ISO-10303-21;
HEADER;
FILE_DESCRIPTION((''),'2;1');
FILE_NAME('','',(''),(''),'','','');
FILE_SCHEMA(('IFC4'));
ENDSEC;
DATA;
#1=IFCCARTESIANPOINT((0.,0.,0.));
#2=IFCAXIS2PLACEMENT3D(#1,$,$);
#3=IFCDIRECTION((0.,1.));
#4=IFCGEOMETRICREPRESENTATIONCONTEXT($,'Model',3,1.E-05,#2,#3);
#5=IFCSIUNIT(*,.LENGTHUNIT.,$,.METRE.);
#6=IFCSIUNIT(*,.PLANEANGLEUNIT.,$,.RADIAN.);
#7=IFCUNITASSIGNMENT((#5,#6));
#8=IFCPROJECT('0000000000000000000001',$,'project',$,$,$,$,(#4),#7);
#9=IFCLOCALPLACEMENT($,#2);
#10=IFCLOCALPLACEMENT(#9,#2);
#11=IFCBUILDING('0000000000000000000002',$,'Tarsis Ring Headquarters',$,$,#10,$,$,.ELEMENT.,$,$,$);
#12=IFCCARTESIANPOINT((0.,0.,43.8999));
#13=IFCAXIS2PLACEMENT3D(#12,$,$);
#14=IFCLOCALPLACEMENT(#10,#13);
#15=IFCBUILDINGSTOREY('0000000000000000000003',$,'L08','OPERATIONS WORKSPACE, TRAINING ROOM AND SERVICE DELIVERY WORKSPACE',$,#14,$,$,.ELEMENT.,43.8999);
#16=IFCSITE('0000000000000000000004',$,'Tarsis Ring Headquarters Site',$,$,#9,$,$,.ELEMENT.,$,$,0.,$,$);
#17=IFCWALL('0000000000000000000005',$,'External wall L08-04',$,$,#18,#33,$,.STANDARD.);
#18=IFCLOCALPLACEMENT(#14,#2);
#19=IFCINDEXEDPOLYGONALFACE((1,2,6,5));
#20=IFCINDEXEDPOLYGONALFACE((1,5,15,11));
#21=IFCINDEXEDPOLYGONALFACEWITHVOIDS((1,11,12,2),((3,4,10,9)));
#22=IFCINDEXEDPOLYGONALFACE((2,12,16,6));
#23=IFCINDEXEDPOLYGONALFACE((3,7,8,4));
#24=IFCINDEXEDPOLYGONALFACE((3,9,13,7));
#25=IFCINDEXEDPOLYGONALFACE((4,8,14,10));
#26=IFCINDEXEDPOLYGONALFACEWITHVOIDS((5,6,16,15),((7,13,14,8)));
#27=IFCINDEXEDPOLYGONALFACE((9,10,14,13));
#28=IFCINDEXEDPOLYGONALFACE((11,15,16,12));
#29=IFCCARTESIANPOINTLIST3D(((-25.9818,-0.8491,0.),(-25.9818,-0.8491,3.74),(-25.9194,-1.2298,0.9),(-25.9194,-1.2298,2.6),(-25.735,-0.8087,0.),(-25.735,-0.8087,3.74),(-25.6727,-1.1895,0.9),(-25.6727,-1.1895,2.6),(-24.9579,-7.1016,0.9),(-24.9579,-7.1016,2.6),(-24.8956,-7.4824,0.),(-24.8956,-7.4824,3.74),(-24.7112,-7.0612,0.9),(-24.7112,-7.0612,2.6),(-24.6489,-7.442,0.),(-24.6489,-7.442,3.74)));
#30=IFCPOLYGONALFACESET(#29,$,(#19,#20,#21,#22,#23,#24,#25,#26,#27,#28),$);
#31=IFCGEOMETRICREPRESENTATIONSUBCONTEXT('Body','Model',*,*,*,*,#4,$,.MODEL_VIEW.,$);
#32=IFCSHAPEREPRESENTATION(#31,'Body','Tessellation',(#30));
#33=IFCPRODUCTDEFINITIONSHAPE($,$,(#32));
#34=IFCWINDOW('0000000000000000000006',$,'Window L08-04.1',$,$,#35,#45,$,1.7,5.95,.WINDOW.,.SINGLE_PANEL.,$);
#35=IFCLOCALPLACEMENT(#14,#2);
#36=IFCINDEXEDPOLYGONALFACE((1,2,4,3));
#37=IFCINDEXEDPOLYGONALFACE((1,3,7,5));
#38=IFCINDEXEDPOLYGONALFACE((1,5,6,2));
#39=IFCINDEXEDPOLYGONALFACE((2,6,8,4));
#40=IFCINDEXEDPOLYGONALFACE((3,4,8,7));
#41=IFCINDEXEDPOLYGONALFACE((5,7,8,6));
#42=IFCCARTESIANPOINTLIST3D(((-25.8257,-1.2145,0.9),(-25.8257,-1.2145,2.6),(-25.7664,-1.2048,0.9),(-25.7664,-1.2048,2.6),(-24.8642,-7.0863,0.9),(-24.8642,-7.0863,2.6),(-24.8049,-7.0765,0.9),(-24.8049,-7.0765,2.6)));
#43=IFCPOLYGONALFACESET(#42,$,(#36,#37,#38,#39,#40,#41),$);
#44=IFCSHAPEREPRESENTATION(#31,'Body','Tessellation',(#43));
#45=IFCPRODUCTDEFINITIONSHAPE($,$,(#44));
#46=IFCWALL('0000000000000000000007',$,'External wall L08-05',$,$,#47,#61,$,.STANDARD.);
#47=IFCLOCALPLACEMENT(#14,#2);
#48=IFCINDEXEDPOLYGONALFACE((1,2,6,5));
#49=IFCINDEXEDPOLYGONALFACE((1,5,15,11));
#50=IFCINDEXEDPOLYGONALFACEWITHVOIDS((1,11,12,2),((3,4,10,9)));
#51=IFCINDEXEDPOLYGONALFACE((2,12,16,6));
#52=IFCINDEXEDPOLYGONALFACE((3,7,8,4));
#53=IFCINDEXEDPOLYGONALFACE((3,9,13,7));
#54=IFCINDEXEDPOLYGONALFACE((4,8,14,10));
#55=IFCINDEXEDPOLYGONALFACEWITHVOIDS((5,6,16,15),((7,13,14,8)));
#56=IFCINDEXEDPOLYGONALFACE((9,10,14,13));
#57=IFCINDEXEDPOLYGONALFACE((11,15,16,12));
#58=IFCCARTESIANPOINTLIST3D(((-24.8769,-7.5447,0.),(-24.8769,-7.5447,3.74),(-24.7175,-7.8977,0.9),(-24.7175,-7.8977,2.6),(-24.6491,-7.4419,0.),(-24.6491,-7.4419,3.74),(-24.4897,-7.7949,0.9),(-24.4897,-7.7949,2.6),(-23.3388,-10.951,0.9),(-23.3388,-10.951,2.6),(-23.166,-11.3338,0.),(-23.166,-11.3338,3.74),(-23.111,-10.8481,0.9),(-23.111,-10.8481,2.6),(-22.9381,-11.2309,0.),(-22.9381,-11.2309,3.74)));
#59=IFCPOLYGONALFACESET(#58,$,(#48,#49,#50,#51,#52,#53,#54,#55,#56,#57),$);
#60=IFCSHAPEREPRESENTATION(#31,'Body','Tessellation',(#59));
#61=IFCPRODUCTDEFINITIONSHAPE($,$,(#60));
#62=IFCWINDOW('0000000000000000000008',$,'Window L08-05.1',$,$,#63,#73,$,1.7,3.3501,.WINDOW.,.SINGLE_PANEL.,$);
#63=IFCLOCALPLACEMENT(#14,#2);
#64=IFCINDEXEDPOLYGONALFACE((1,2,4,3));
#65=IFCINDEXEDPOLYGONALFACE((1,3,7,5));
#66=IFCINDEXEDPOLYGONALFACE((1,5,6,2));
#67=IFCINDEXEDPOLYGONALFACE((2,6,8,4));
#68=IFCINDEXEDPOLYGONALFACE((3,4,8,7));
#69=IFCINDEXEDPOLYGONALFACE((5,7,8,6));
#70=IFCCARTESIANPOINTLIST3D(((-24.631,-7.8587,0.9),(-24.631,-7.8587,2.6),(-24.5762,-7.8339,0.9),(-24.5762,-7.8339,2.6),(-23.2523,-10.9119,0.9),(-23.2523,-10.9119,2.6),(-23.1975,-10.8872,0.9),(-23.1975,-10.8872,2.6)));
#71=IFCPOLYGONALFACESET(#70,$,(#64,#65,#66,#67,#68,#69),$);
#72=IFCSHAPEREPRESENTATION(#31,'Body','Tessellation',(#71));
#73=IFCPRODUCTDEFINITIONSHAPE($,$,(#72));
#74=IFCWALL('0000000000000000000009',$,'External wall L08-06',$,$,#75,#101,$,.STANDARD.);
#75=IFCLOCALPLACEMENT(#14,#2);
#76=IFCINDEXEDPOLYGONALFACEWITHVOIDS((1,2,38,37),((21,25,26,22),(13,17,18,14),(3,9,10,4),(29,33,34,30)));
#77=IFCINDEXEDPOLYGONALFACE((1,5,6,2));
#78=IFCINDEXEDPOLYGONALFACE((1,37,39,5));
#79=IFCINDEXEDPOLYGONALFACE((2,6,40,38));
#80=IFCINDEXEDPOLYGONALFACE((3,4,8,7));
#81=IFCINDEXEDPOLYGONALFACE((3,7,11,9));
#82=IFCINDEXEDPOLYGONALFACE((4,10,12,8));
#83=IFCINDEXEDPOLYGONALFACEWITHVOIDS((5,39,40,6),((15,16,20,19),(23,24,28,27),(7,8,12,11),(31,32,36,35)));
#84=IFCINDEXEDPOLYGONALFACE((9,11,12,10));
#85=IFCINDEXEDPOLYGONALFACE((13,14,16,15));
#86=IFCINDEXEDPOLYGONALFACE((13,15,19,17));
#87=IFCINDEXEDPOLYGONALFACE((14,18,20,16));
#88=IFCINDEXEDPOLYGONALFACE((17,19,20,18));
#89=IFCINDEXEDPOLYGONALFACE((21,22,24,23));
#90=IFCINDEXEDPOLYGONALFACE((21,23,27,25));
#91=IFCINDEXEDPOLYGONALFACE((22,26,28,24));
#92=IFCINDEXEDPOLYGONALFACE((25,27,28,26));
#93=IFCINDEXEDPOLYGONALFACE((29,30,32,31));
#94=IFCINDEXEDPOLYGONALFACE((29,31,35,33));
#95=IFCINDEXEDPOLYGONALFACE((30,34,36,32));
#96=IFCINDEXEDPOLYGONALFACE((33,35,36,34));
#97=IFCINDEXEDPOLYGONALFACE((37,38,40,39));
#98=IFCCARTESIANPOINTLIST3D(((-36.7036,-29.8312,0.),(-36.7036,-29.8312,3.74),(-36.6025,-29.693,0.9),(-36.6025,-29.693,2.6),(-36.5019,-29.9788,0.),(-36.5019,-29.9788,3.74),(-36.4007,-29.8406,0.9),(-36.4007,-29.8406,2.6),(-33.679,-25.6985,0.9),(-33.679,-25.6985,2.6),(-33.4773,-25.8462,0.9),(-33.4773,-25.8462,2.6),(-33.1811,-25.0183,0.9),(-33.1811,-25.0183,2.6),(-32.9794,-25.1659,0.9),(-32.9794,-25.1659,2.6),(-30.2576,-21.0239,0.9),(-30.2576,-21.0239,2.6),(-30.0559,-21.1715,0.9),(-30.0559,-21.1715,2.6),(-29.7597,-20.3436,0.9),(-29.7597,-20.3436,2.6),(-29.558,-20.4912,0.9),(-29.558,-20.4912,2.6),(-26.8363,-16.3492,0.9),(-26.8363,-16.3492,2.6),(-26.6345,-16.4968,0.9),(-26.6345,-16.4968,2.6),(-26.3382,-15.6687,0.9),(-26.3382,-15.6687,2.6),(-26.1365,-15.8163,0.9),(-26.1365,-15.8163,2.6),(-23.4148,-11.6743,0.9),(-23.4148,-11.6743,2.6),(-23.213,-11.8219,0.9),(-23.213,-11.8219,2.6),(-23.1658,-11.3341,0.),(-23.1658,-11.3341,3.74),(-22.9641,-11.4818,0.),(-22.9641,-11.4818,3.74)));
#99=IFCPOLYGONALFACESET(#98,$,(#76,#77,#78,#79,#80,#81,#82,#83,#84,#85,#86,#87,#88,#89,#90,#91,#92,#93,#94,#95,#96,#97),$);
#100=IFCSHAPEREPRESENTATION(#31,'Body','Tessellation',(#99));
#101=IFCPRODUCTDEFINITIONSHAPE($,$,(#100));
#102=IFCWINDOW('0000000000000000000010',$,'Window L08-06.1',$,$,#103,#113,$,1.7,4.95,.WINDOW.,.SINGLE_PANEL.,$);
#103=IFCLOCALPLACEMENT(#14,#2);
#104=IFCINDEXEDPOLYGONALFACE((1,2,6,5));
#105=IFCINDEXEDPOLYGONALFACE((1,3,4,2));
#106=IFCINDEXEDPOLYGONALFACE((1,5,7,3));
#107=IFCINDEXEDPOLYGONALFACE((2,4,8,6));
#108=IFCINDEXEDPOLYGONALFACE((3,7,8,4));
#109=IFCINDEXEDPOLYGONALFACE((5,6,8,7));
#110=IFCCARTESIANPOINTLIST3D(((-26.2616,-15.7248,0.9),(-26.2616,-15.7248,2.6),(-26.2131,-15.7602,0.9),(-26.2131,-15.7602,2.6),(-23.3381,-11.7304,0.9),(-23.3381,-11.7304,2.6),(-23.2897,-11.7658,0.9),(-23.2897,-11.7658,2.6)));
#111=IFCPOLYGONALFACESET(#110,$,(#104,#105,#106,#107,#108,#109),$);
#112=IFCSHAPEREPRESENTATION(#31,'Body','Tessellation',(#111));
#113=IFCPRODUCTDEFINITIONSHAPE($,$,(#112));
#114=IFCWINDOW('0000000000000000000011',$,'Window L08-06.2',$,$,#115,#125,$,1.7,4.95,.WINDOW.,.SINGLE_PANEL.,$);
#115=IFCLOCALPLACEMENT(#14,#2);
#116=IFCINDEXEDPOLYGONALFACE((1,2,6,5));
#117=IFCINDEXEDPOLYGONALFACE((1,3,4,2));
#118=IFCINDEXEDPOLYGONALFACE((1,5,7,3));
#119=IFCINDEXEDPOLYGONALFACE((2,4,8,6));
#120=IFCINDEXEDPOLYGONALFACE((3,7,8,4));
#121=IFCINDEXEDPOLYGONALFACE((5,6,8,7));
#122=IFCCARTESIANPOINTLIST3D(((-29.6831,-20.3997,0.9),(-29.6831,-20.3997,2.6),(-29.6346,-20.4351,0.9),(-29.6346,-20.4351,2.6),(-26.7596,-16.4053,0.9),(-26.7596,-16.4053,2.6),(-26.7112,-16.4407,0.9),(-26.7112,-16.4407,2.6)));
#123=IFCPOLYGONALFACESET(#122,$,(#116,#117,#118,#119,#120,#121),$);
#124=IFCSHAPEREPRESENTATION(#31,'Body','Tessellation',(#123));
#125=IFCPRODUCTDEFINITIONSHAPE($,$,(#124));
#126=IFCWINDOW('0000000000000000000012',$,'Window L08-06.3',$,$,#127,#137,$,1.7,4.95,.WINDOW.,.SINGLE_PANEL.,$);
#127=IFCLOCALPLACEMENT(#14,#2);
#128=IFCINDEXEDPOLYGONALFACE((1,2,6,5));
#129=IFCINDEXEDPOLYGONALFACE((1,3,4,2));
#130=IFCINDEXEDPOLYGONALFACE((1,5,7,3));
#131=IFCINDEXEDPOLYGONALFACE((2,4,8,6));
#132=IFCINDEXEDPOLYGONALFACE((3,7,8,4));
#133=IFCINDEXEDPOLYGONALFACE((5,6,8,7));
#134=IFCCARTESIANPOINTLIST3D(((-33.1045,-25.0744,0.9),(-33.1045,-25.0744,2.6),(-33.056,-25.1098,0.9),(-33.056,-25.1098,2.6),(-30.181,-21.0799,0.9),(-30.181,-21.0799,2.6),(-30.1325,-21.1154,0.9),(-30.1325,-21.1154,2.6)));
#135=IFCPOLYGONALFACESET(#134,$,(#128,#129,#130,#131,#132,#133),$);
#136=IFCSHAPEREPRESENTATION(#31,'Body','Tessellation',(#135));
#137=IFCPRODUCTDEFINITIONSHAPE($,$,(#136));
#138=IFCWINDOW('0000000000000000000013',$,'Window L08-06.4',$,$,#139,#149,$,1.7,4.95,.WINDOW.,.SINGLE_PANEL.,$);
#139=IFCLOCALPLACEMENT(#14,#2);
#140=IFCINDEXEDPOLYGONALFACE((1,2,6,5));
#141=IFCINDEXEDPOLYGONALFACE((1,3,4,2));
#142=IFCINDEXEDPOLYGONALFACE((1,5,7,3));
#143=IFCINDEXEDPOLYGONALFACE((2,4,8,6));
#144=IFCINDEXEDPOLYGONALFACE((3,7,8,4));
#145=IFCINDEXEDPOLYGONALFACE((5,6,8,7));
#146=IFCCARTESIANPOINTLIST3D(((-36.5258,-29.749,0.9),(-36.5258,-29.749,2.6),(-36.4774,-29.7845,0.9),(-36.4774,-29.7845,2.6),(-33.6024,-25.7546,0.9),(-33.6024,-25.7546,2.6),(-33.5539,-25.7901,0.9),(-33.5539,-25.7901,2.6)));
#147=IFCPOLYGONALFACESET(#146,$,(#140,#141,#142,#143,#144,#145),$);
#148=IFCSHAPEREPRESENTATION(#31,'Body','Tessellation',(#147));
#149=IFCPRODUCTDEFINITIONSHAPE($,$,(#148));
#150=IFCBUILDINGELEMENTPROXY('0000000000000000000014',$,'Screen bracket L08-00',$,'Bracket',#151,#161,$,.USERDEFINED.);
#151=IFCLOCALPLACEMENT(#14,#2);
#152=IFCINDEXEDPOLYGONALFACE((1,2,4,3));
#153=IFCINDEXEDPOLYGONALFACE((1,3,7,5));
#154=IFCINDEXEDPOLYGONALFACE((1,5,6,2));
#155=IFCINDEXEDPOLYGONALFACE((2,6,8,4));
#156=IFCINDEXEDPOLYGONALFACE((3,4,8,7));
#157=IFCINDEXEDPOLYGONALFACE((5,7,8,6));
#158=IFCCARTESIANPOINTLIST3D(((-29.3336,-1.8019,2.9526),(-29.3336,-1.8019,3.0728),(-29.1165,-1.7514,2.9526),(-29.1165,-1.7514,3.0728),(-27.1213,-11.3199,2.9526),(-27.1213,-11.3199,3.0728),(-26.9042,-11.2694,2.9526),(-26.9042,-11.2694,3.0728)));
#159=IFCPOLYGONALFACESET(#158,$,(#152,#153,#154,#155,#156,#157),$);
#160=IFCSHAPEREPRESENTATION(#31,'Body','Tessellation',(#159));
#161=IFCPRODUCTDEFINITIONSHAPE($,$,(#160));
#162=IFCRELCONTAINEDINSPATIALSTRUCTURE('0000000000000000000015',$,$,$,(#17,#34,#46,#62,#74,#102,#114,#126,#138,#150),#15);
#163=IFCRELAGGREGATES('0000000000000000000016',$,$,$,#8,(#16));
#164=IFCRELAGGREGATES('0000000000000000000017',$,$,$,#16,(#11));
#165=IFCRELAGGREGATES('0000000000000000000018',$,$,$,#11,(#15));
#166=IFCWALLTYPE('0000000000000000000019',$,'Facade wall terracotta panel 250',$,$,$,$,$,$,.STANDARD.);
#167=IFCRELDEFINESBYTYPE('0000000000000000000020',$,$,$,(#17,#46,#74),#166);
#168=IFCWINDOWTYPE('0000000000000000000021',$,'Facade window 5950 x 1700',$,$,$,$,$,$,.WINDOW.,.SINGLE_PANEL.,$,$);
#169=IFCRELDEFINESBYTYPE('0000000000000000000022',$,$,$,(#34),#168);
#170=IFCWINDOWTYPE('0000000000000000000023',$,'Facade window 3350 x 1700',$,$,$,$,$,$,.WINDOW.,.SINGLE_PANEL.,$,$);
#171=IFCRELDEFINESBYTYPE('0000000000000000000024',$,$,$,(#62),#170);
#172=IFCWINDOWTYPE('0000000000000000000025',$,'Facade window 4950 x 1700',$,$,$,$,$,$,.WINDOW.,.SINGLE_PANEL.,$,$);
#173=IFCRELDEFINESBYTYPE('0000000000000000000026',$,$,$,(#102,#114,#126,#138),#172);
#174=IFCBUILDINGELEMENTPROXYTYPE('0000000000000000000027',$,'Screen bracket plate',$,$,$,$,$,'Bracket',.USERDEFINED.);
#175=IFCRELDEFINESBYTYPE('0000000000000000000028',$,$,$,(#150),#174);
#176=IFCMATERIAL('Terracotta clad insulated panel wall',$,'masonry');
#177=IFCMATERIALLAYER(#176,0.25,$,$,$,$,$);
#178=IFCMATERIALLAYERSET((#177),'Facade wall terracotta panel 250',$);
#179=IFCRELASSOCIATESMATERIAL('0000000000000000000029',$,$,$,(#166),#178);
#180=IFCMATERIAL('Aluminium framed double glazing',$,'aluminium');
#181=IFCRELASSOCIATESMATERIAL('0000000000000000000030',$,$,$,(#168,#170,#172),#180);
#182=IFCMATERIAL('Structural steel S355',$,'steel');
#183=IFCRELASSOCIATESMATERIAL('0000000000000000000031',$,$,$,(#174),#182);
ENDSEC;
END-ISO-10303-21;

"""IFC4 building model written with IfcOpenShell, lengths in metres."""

from ifc_helpers import new_model, si_unit, direction, frame, frame_2d, origin, origin_2d, place, context, subcontext, project, spatial, rectangle, extrude, material, layer, layer_set, type_object, element, fill, save


model = new_model("IFC4")

# Units and contexts
model_context = context("Model", 3, precision=1e-05, world=origin(), true_north=direction((0.0, 1.0)))
body_context = subcontext(model_context, "Body", "Model", "MODEL_VIEW")
ifc_project = project(units=[si_unit("LENGTHUNIT", "METRE"), si_unit("PLANEANGLEUNIT", "RADIAN")], contexts=[model_context])

# Site, building, storey
site_placement = place(None, origin())
site = spatial("IfcSite", under=ifc_project, at=site_placement, Name="Tarsis Ring Headquarters Site", CompositionType="ELEMENT", RefElevation=0.0)
building_placement = place(site_placement, origin())
building = spatial("IfcBuilding", under=site, at=building_placement, Name="Tarsis Ring Headquarters", CompositionType="ELEMENT")
storey_placement = place(building_placement, frame((0.0, 0.0, 43.8999)))
storey = spatial("IfcBuildingStorey", under=building, at=storey_placement, Name="L08", Description="OPERATIONS WORKSPACE, TRAINING ROOM AND SERVICE DELIVERY WORKSPACE", CompositionType="ELEMENT", Elevation=43.8999)

# Shared definitions
ifc_material_1 = material(Name="Structural steel S355", Category="steel")

# Walls, openings, windows
ifc_material_2 = material(Name="Terracotta clad insulated panel wall", Category="masonry")
ifc_layer_1 = layer(ifc_material_2, 0.25)
ifc_layer_set_1 = layer_set([ifc_layer_1], Name="Facade wall terracotta panel 250")
wall_type_1 = type_object("IfcWallType", Name="Facade wall terracotta panel 250", PredefinedType="STANDARD", material=ifc_layer_set_1)
wall_1_placement = place(storey_placement, frame((-25.8584, -0.8289, 0.0), z_axis=(0.0, 0.0, 1.0), x_axis=(0.161595, -0.986857, 0.0)))
wall_1 = element("IfcWall", 1, at=wall_1_placement, inside=storey, type_object=wall_type_1, Name="External wall L08-04", PredefinedType="STANDARD", context=body_context, shape_type="SweptSolid", body=[
    extrude(rectangle(XDim=6.7217, YDim=0.25, at=frame_2d((3.3608, 0.0))), origin(), (0.0, 0.0, 1.0), 3.74),
])
opening_1_placement = place(wall_1_placement, frame((0.3857, 0.0, 0.8999)))
opening_1 = element("IfcOpeningElement", 2, at=opening_1_placement, cuts=wall_1, PredefinedType="OPENING", context=body_context, shape_type="SweptSolid", body=[
    extrude(rectangle(XDim=5.95, YDim=1.7, at=frame_2d((2.9751, 0.8501))), frame((0.0, 0.135, 0.0), z_axis=(0.0, -1.0, 0.0), x_axis=(1.0, 0.0, 0.0)), (0.0, 0.0, 1.0), 0.27),
])
ifc_material_3 = material(Name="Aluminium framed double glazing", Category="aluminium")
window_type_1 = type_object("IfcWindowType", Name="Facade window 5950 x 1700", PartitioningType="SINGLE_PANEL", PredefinedType="WINDOW", material=ifc_material_3)
window_1_placement = place(opening_1_placement, origin())
window_1 = element("IfcWindow", 3, at=window_1_placement, inside=storey, type_object=window_type_1, Name="Window L08-04.1", OverallHeight=1.7, OverallWidth=5.95, PartitioningType="SINGLE_PANEL", PredefinedType="WINDOW", context=body_context, shape_type="SweptSolid", body=[
    extrude(rectangle(XDim=5.95, YDim=1.7, at=frame_2d((2.9751, 0.8501))), frame((0.0, 0.03, 0.0), z_axis=(0.0, -1.0, 0.0), x_axis=(1.0, 0.0, 0.0)), (0.0, 0.0, 1.0), 0.0601),
])
fill(opening_1, window_1)
wall_2_placement = place(storey_placement, frame((-24.7629, -7.4934, 0.0), z_axis=(0.0, 0.0, 1.0), x_axis=(0.411536, -0.911393, 0.0)))
wall_2 = element("IfcWall", 4, at=wall_2_placement, inside=storey, type_object=wall_type_1, Name="External wall L08-05", PredefinedType="STANDARD", context=body_context, shape_type="SweptSolid", body=[
    extrude(rectangle(XDim=4.1575, YDim=0.25, at=frame_2d((2.0786, 0.0))), origin(), (0.0, 0.0, 1.0), 3.74),
])
opening_2_placement = place(wall_2_placement, frame((0.3872, 0.0, 0.8999)))
opening_2 = element("IfcOpeningElement", 5, at=opening_2_placement, cuts=wall_2, PredefinedType="OPENING", context=body_context, shape_type="SweptSolid", body=[
    extrude(rectangle(XDim=3.3501, YDim=1.7, at=frame_2d((1.675, 0.8501))), frame((0.0, 0.135, 0.0), z_axis=(0.0, -1.0, 0.0), x_axis=(1.0, 0.0, 0.0)), (0.0, 0.0, 1.0), 0.27),
])
window_type_2 = type_object("IfcWindowType", Name="Facade window 3350 x 1700", PartitioningType="SINGLE_PANEL", PredefinedType="WINDOW", material=ifc_material_3)
window_2_placement = place(opening_2_placement, origin())
window_2 = element("IfcWindow", 6, at=window_2_placement, inside=storey, type_object=window_type_2, Name="Window L08-05.1", OverallHeight=1.7, OverallWidth=3.3501, PartitioningType="SINGLE_PANEL", PredefinedType="WINDOW", context=body_context, shape_type="SweptSolid", body=[
    extrude(rectangle(XDim=3.3501, YDim=1.7, at=frame_2d((1.675, 0.8501))), frame((0.0, 0.03, 0.0), z_axis=(0.0, -1.0, 0.0), x_axis=(1.0, 0.0, 0.0)), (0.0, 0.0, 1.0), 0.0601),
])
fill(opening_2, window_2)

# Wall, openings, windows
wall_3_placement = place(storey_placement, frame((-23.0649, -11.408, 0.0), z_axis=(0.0, 0.0, 1.0), x_axis=(-0.590607, -0.80696, 0.0)))
wall_3 = element("IfcWall", 7, at=wall_3_placement, inside=storey, type_object=wall_type_1, Name="External wall L08-06", PredefinedType="STANDARD", context=body_context, shape_type="SweptSolid", body=[
    extrude(rectangle(XDim=22.9219, YDim=0.25, at=frame_2d((11.4609, 0.0))), origin(), (0.0, 0.0, 1.0), 3.74),
])
opening_3_placement = place(wall_3_placement, frame((0.4214, 0.0, 0.8999)))
opening_3 = element("IfcOpeningElement", 8, at=opening_3_placement, cuts=wall_3, PredefinedType="OPENING", context=body_context, shape_type="SweptSolid", body=[
    extrude(rectangle(XDim=4.95, YDim=1.7, at=frame_2d((2.4751, 0.8501))), frame((0.0, 0.135, 0.0), z_axis=(0.0, -1.0, 0.0), x_axis=(1.0, 0.0, 0.0)), (0.0, 0.0, 1.0), 0.27),
])
opening_4_placement = place(wall_3_placement, frame((6.2146, 0.0, 0.8999)))
opening_4 = element("IfcOpeningElement", 9, at=opening_4_placement, cuts=wall_3, PredefinedType="OPENING", context=body_context, shape_type="SweptSolid", body=[
    extrude(rectangle(XDim=4.95, YDim=1.7, at=frame_2d((2.4751, 0.8501))), frame((0.0, 0.135, 0.0), z_axis=(0.0, -1.0, 0.0), x_axis=(1.0, 0.0, 0.0)), (0.0, 0.0, 1.0), 0.27),
])
opening_5_placement = place(wall_3_placement, frame((12.0076, 0.0, 0.8999)))
opening_5 = element("IfcOpeningElement", 10, at=opening_5_placement, cuts=wall_3, PredefinedType="OPENING", context=body_context, shape_type="SweptSolid", body=[
    extrude(rectangle(XDim=4.95, YDim=1.7, at=frame_2d((2.4751, 0.8501))), frame((0.0, 0.135, 0.0), z_axis=(0.0, -1.0, 0.0), x_axis=(1.0, 0.0, 0.0)), (0.0, 0.0, 1.0), 0.27),
])
opening_6_placement = place(wall_3_placement, frame((17.8005, 0.0, 0.8999)))
opening_6 = element("IfcOpeningElement", 11, at=opening_6_placement, cuts=wall_3, PredefinedType="OPENING", context=body_context, shape_type="SweptSolid", body=[
    extrude(rectangle(XDim=4.95, YDim=1.7, at=frame_2d((2.4751, 0.8501))), frame((0.0, 0.135, 0.0), z_axis=(0.0, -1.0, 0.0), x_axis=(1.0, 0.0, 0.0)), (0.0, 0.0, 1.0), 0.27),
])
window_type_3 = type_object("IfcWindowType", Name="Facade window 4950 x 1700", PartitioningType="SINGLE_PANEL", PredefinedType="WINDOW", material=ifc_material_3)
window_3_placement = place(opening_3_placement, origin())
window_3 = element("IfcWindow", 12, at=window_3_placement, inside=storey, type_object=window_type_3, Name="Window L08-06.1", OverallHeight=1.7, OverallWidth=4.95, PartitioningType="SINGLE_PANEL", PredefinedType="WINDOW", context=body_context, shape_type="SweptSolid", body=[
    extrude(rectangle(XDim=4.95, YDim=1.7, at=frame_2d((2.4751, 0.8501))), frame((0.0, 0.03, 0.0), z_axis=(0.0, -1.0, 0.0), x_axis=(1.0, 0.0, 0.0)), (0.0, 0.0, 1.0), 0.0601),
])
fill(opening_3, window_3)
window_4_placement = place(opening_4_placement, origin())
window_4 = element("IfcWindow", 13, at=window_4_placement, inside=storey, type_object=window_type_3, Name="Window L08-06.2", OverallHeight=1.7, OverallWidth=4.95, PartitioningType="SINGLE_PANEL", PredefinedType="WINDOW", context=body_context, shape_type="SweptSolid", body=[
    extrude(rectangle(XDim=4.95, YDim=1.7, at=frame_2d((2.4751, 0.8501))), frame((0.0, 0.03, 0.0), z_axis=(0.0, -1.0, 0.0), x_axis=(1.0, 0.0, 0.0)), (0.0, 0.0, 1.0), 0.0601),
])
fill(opening_4, window_4)
window_5_placement = place(opening_5_placement, origin())
window_5 = element("IfcWindow", 14, at=window_5_placement, inside=storey, type_object=window_type_3, Name="Window L08-06.3", OverallHeight=1.7, OverallWidth=4.95, PartitioningType="SINGLE_PANEL", PredefinedType="WINDOW", context=body_context, shape_type="SweptSolid", body=[
    extrude(rectangle(XDim=4.95, YDim=1.7, at=frame_2d((2.4751, 0.8501))), frame((0.0, 0.03, 0.0), z_axis=(0.0, -1.0, 0.0), x_axis=(1.0, 0.0, 0.0)), (0.0, 0.0, 1.0), 0.0601),
])
fill(opening_5, window_5)
window_6_placement = place(opening_6_placement, origin())
window_6 = element("IfcWindow", 15, at=window_6_placement, inside=storey, type_object=window_type_3, Name="Window L08-06.4", OverallHeight=1.7, OverallWidth=4.95, PartitioningType="SINGLE_PANEL", PredefinedType="WINDOW", context=body_context, shape_type="SweptSolid", body=[
    extrude(rectangle(XDim=4.95, YDim=1.7, at=frame_2d((2.4751, 0.8501))), frame((0.0, 0.03, 0.0), z_axis=(0.0, -1.0, 0.0), x_axis=(1.0, 0.0, 0.0)), (0.0, 0.0, 1.0), 0.0601),
])
fill(opening_6, window_6)

# Building element proxy
building_element_proxy_type = type_object("IfcBuildingElementProxyType", Name="Screen bracket plate", ElementType="Bracket", PredefinedType="USERDEFINED", material=ifc_material_1)
proxy_placement = place(storey_placement, frame((-28.1189, -6.5356, 2.9526), z_axis=(0.0, 0.0, 1.0), x_axis=(0.226396, -0.974035, 0.0)))
element("IfcBuildingElementProxy", 16, at=proxy_placement, inside=storey, type_object=building_element_proxy_type, Name="Screen bracket L08-00", ObjectType="Bracket", PredefinedType="USERDEFINED", context=body_context, shape_type="SweptSolid", body=[
    extrude(rectangle(XDim=9.7717, YDim=0.2229, at=origin_2d()), origin(), (0.0, 0.0, 1.0), 0.1201),
])

save(model, "model.ifc")
